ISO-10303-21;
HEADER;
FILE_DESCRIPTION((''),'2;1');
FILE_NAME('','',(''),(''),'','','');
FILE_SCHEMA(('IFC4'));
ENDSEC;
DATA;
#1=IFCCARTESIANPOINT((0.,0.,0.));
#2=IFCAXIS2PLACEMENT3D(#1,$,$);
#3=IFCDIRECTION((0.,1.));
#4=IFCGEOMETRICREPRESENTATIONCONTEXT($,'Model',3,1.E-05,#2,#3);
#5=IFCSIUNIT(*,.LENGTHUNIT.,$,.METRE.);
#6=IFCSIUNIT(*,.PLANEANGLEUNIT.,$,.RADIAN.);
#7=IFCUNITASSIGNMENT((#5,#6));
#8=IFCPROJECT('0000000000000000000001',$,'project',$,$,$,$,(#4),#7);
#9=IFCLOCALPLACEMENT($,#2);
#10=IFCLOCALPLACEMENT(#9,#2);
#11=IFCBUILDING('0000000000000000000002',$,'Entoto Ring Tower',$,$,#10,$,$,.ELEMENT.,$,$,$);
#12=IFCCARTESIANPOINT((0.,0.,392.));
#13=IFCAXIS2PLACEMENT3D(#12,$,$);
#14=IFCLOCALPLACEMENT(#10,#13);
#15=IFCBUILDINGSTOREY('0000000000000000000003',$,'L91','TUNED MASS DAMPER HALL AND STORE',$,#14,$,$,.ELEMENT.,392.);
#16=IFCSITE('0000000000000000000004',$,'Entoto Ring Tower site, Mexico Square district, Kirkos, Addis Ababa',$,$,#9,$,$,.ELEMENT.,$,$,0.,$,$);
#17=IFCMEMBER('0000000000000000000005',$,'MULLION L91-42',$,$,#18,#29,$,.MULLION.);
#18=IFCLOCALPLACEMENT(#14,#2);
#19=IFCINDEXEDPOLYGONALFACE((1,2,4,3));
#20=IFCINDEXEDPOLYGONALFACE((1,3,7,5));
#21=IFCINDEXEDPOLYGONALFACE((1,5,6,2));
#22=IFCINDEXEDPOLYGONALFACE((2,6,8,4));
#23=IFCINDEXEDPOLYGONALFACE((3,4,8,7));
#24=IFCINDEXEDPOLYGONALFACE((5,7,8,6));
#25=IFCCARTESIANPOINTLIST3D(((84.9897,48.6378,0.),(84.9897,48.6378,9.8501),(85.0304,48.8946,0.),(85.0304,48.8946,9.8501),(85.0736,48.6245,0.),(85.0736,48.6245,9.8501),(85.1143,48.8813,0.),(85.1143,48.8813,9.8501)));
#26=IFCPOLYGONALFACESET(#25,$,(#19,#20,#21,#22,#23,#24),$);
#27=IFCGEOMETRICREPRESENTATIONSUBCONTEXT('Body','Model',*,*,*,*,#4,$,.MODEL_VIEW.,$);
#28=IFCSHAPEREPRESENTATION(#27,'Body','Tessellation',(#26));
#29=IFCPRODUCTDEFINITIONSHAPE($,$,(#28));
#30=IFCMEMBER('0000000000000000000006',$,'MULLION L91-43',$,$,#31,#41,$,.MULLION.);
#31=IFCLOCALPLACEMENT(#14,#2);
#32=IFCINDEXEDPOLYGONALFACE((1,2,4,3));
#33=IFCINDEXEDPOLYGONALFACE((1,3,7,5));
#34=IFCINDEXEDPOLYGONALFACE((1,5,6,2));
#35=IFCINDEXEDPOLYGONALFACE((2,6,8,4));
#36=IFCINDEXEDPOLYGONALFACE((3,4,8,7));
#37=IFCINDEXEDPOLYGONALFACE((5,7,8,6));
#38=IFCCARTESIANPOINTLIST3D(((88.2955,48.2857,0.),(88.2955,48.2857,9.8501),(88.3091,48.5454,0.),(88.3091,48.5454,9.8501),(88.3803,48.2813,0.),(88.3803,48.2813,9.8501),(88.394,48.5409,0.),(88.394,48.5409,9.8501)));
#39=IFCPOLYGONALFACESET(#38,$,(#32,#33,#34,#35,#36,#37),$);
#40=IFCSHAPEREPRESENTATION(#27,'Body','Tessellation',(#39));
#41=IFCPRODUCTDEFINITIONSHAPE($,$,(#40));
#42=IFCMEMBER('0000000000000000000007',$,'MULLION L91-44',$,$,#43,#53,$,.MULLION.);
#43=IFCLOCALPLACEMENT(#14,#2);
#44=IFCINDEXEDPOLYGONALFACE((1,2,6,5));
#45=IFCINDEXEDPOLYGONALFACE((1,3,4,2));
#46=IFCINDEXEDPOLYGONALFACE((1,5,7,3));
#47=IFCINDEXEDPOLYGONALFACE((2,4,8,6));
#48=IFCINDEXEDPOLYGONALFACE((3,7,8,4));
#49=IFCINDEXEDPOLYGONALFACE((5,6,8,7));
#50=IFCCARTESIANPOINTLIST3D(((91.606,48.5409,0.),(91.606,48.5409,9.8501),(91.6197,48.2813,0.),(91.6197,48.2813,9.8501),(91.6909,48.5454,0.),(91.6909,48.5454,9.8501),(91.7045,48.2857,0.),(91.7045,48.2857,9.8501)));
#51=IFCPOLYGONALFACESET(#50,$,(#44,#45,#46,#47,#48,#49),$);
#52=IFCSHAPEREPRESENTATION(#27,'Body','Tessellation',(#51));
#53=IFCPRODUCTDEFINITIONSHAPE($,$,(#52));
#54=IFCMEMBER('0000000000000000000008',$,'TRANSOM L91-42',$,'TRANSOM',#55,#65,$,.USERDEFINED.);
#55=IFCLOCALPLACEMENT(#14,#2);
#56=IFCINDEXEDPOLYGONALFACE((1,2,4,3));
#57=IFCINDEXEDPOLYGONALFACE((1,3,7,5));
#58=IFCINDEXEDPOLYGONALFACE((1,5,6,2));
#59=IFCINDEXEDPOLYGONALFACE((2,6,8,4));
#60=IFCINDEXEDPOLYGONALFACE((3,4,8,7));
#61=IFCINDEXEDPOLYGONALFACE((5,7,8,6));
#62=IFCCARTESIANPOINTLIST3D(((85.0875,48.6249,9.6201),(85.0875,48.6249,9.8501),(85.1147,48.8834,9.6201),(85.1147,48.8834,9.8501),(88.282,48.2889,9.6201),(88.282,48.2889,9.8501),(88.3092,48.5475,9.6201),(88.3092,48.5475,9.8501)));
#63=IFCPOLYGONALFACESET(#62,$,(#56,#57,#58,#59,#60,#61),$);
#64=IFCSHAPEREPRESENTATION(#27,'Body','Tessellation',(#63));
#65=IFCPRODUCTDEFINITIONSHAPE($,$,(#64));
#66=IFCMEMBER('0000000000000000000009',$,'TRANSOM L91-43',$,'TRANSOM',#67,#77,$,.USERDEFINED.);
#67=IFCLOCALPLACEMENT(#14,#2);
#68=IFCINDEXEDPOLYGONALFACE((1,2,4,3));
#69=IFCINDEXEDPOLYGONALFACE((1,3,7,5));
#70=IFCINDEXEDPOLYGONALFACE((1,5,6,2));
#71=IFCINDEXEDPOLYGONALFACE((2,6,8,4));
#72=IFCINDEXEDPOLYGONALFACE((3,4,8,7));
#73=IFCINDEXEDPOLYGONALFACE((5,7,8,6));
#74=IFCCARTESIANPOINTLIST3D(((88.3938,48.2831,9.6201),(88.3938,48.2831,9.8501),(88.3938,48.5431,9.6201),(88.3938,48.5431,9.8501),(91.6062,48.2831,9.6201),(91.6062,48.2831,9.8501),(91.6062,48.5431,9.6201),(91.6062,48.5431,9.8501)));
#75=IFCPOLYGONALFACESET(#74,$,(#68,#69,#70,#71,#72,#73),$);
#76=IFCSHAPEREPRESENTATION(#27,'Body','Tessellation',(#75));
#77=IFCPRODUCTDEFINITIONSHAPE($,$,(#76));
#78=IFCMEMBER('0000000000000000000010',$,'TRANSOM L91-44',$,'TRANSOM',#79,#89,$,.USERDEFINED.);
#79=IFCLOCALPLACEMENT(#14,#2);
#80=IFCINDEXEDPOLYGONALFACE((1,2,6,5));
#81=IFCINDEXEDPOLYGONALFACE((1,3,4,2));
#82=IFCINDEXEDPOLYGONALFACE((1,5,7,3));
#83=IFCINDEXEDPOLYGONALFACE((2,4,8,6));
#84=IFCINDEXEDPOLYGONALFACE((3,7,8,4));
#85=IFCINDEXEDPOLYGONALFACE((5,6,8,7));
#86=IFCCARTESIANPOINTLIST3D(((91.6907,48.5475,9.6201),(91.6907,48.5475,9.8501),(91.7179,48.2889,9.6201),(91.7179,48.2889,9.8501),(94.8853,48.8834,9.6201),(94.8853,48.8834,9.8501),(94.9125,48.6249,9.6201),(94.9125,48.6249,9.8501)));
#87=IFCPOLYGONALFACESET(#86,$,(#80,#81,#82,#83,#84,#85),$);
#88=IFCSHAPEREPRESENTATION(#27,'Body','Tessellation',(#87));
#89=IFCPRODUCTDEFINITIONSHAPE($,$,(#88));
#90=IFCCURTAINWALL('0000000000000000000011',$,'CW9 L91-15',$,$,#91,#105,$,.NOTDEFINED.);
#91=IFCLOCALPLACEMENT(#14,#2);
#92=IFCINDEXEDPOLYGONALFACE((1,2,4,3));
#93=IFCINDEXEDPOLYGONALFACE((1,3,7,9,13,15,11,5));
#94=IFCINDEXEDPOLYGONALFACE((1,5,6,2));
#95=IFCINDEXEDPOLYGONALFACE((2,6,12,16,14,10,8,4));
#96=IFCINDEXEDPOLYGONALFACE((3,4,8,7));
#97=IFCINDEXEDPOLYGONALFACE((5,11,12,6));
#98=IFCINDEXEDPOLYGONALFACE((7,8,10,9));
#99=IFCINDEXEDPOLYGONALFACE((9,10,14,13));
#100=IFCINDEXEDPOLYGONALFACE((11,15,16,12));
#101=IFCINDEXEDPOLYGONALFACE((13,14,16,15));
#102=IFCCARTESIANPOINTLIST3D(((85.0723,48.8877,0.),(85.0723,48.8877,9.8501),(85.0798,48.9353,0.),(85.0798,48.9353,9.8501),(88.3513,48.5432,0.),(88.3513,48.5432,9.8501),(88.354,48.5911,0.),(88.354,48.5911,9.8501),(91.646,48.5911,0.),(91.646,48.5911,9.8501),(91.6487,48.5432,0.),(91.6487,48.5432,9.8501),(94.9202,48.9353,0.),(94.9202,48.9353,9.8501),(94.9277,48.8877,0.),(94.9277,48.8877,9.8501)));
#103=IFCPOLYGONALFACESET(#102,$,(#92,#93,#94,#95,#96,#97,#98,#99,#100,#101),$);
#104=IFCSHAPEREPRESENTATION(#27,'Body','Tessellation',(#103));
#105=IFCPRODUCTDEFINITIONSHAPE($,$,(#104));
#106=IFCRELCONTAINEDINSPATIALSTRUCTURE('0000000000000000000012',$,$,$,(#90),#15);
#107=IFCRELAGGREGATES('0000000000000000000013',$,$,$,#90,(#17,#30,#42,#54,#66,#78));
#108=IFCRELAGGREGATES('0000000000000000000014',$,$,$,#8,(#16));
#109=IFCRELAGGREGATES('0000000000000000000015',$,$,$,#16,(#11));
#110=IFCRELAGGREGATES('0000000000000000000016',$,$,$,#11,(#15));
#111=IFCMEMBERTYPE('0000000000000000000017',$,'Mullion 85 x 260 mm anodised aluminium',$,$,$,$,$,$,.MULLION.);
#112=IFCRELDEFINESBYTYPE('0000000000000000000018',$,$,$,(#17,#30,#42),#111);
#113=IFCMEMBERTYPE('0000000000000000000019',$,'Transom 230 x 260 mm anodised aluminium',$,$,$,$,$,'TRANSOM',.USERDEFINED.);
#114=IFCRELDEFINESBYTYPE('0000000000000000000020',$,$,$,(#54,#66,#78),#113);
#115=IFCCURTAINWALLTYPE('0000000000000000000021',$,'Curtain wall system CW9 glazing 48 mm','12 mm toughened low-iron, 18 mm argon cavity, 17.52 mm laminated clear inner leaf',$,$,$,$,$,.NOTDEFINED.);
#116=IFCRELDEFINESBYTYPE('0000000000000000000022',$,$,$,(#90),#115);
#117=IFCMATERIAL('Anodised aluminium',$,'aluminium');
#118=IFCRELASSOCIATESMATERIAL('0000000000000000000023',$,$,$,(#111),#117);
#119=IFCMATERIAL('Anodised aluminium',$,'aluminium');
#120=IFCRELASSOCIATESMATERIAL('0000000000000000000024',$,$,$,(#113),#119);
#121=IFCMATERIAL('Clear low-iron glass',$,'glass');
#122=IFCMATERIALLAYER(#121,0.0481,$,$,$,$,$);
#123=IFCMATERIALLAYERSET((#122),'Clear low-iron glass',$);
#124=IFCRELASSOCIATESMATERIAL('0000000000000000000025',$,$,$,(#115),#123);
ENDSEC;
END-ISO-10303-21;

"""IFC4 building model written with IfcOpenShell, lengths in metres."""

from ifc_helpers import new_model, si_unit, direction, frame, origin, origin_2d, place, context, subcontext, project, spatial, polyline, rectangle, outline, extrude, material, layer, layer_set, material_profile, profile_set, type_object, element, aggregate, save


model = new_model("IFC4")

# Units and contexts
model_context = context("Model", 3, precision=1e-05, world=origin(), true_north=direction((0.0, 1.0)))
body_context = subcontext(model_context, "Body", "Model", "MODEL_VIEW")
ifc_project = project(units=[si_unit("LENGTHUNIT", "METRE"), si_unit("PLANEANGLEUNIT", "RADIAN")], contexts=[model_context])

# Members
ifc_material_1 = material(Name="Anodised aluminium", Category="aluminium")
ifc_material_profile_1 = material_profile(ifc_material_1, rectangle(XDim=0.085, YDim=0.26, at=origin_2d()), Name="Mullion 85 x 260 mm anodised aluminium")
ifc_profile_set_1 = profile_set([ifc_material_profile_1], Name="Anodised aluminium")
member_type_1 = type_object("IfcMemberType", Name="Mullion 85 x 260 mm anodised aluminium", PredefinedType="MULLION", material=ifc_profile_set_1)
site_placement = place(None, origin())
building_placement = place(site_placement, origin())
storey_placement = place(building_placement, frame((0.0, 0.0, 392.0)))
member_1_placement = place(storey_placement, frame((85.052, 48.7595, 0.0), z_axis=(0.0, 0.0, 1.0), x_axis=(0.987688, -0.156434, 0.0)))
member_1 = element("IfcMember", 1, at=member_1_placement, type_object=member_type_1, Name="MULLION L91-42", PredefinedType="MULLION", context=body_context, shape_type="SweptSolid", body=[
    extrude(rectangle(XDim=0.085, YDim=0.26, at=origin_2d()), origin(), (0.0, 0.0, 1.0), 9.8501),
])
member_2_placement = place(storey_placement, frame((88.3447, 48.4133, 0.0), z_axis=(0.0, 0.0, 1.0), x_axis=(0.99863, -0.052336, 0.0)))
member_2 = element("IfcMember", 2, at=member_2_placement, type_object=member_type_1, Name="MULLION L91-43", PredefinedType="MULLION", context=body_context, shape_type="SweptSolid", body=[
    extrude(rectangle(XDim=0.085, YDim=0.26, at=origin_2d()), origin(), (0.0, 0.0, 1.0), 9.8501),
])
member_3_placement = place(storey_placement, frame((91.6553, 48.4133, 0.0), z_axis=(0.0, 0.0, 1.0), x_axis=(0.99863, 0.052336, 0.0)))
member_3 = element("IfcMember", 3, at=member_3_placement, type_object=member_type_1, Name="MULLION L91-44", PredefinedType="MULLION", context=body_context, shape_type="SweptSolid", body=[
    extrude(rectangle(XDim=0.085, YDim=0.26, at=origin_2d()), origin(), (0.0, 0.0, 1.0), 9.8501),
])
ifc_material_2 = material(Name="Anodised aluminium", Category="aluminium")
ifc_material_profile_2 = material_profile(ifc_material_2, rectangle(XDim=0.26, YDim=0.23, at=origin_2d()), Name="Transom 230 x 260 mm anodised aluminium")
ifc_profile_set_2 = profile_set([ifc_material_profile_2], Name="Anodised aluminium")
member_type_2 = type_object("IfcMemberType", Name="Transom 230 x 260 mm anodised aluminium", ElementType="TRANSOM", PredefinedType="USERDEFINED", material=ifc_profile_set_2)
member_4_placement = place(storey_placement, frame((85.1011, 48.7542, 9.7351), z_axis=(0.994516, -0.104582, 0.0), x_axis=(0.104582, 0.994516, 0.0)))
member_4 = element("IfcMember", 4, at=member_4_placement, type_object=member_type_2, Name="TRANSOM L91-42", ObjectType="TRANSOM", PredefinedType="USERDEFINED", context=body_context, shape_type="SweptSolid", body=[
    extrude(rectangle(XDim=0.26, YDim=0.23, at=origin_2d()), origin(), (0.0, 0.0, 1.0), 3.2122),
])
member_5_placement = place(storey_placement, frame((88.3938, 48.4131, 9.7351), z_axis=(1.0, 0.0, 0.0), x_axis=(0.0, 1.0, 0.0)))
member_5 = element("IfcMember", 5, at=member_5_placement, type_object=member_type_2, Name="TRANSOM L91-43", ObjectType="TRANSOM", PredefinedType="USERDEFINED", context=body_context, shape_type="SweptSolid", body=[
    extrude(rectangle(XDim=0.26, YDim=0.23, at=origin_2d()), origin(), (0.0, 0.0, 1.0), 3.2124),
])
member_6_placement = place(storey_placement, frame((91.7043, 48.4182, 9.7351), z_axis=(0.994516, 0.104582, 0.0), x_axis=(-0.104582, 0.994516, 0.0)))
member_6 = element("IfcMember", 6, at=member_6_placement, type_object=member_type_2, Name="TRANSOM L91-44", ObjectType="TRANSOM", PredefinedType="USERDEFINED", context=body_context, shape_type="SweptSolid", body=[
    extrude(rectangle(XDim=0.26, YDim=0.23, at=origin_2d()), origin(), (0.0, 0.0, 1.0), 3.2122),
])

# Site, building, storey
site = spatial("IfcSite", under=ifc_project, at=site_placement, Name="Entoto Ring Tower site, Mexico Square district, Kirkos, Addis Ababa", CompositionType="ELEMENT", RefElevation=0.0)
building = spatial("IfcBuilding", under=site, at=building_placement, Name="Entoto Ring Tower", CompositionType="ELEMENT")
storey = spatial("IfcBuildingStorey", under=building, at=storey_placement, Name="L91", Description="TUNED MASS DAMPER HALL AND STORE", CompositionType="ELEMENT", Elevation=392.0)

# Curtain wall
ifc_material_3 = material(Name="Clear low-iron glass", Category="glass")
ifc_layer = layer(ifc_material_3, 0.0481)
ifc_layer_set = layer_set([ifc_layer], Name="Clear low-iron glass")
curtain_wall_type = type_object("IfcCurtainWallType", Name="Curtain wall system CW9 glazing 48 mm", Description="12 mm toughened low-iron, 18 mm argon cavity, 17.52 mm laminated clear inner leaf", PredefinedType="NOTDEFINED", material=ifc_layer_set)
curtain_wall_1_placement = place(storey_placement, origin())
curtain_wall_1 = element("IfcCurtainWall", 7, at=curtain_wall_1_placement, inside=storey, type_object=curtain_wall_type, Name="CW9 L91-15", PredefinedType="NOTDEFINED", context=body_context, shape_type="SweptSolid", body=[
    extrude(outline(polyline([(85.0723, 48.8877), (88.3513, 48.5432), (91.6487, 48.5432), (94.9277, 48.8877), (94.9202, 48.9353), (91.646, 48.5911), (88.354, 48.5911), (85.0798, 48.9353), (85.0723, 48.8877)])), origin(), (0.0, 0.0, 1.0), 9.8501),
])
aggregate(curtain_wall_1, [member_1, member_2, member_3, member_4, member_5, member_6])

save(model, "model.ifc")
